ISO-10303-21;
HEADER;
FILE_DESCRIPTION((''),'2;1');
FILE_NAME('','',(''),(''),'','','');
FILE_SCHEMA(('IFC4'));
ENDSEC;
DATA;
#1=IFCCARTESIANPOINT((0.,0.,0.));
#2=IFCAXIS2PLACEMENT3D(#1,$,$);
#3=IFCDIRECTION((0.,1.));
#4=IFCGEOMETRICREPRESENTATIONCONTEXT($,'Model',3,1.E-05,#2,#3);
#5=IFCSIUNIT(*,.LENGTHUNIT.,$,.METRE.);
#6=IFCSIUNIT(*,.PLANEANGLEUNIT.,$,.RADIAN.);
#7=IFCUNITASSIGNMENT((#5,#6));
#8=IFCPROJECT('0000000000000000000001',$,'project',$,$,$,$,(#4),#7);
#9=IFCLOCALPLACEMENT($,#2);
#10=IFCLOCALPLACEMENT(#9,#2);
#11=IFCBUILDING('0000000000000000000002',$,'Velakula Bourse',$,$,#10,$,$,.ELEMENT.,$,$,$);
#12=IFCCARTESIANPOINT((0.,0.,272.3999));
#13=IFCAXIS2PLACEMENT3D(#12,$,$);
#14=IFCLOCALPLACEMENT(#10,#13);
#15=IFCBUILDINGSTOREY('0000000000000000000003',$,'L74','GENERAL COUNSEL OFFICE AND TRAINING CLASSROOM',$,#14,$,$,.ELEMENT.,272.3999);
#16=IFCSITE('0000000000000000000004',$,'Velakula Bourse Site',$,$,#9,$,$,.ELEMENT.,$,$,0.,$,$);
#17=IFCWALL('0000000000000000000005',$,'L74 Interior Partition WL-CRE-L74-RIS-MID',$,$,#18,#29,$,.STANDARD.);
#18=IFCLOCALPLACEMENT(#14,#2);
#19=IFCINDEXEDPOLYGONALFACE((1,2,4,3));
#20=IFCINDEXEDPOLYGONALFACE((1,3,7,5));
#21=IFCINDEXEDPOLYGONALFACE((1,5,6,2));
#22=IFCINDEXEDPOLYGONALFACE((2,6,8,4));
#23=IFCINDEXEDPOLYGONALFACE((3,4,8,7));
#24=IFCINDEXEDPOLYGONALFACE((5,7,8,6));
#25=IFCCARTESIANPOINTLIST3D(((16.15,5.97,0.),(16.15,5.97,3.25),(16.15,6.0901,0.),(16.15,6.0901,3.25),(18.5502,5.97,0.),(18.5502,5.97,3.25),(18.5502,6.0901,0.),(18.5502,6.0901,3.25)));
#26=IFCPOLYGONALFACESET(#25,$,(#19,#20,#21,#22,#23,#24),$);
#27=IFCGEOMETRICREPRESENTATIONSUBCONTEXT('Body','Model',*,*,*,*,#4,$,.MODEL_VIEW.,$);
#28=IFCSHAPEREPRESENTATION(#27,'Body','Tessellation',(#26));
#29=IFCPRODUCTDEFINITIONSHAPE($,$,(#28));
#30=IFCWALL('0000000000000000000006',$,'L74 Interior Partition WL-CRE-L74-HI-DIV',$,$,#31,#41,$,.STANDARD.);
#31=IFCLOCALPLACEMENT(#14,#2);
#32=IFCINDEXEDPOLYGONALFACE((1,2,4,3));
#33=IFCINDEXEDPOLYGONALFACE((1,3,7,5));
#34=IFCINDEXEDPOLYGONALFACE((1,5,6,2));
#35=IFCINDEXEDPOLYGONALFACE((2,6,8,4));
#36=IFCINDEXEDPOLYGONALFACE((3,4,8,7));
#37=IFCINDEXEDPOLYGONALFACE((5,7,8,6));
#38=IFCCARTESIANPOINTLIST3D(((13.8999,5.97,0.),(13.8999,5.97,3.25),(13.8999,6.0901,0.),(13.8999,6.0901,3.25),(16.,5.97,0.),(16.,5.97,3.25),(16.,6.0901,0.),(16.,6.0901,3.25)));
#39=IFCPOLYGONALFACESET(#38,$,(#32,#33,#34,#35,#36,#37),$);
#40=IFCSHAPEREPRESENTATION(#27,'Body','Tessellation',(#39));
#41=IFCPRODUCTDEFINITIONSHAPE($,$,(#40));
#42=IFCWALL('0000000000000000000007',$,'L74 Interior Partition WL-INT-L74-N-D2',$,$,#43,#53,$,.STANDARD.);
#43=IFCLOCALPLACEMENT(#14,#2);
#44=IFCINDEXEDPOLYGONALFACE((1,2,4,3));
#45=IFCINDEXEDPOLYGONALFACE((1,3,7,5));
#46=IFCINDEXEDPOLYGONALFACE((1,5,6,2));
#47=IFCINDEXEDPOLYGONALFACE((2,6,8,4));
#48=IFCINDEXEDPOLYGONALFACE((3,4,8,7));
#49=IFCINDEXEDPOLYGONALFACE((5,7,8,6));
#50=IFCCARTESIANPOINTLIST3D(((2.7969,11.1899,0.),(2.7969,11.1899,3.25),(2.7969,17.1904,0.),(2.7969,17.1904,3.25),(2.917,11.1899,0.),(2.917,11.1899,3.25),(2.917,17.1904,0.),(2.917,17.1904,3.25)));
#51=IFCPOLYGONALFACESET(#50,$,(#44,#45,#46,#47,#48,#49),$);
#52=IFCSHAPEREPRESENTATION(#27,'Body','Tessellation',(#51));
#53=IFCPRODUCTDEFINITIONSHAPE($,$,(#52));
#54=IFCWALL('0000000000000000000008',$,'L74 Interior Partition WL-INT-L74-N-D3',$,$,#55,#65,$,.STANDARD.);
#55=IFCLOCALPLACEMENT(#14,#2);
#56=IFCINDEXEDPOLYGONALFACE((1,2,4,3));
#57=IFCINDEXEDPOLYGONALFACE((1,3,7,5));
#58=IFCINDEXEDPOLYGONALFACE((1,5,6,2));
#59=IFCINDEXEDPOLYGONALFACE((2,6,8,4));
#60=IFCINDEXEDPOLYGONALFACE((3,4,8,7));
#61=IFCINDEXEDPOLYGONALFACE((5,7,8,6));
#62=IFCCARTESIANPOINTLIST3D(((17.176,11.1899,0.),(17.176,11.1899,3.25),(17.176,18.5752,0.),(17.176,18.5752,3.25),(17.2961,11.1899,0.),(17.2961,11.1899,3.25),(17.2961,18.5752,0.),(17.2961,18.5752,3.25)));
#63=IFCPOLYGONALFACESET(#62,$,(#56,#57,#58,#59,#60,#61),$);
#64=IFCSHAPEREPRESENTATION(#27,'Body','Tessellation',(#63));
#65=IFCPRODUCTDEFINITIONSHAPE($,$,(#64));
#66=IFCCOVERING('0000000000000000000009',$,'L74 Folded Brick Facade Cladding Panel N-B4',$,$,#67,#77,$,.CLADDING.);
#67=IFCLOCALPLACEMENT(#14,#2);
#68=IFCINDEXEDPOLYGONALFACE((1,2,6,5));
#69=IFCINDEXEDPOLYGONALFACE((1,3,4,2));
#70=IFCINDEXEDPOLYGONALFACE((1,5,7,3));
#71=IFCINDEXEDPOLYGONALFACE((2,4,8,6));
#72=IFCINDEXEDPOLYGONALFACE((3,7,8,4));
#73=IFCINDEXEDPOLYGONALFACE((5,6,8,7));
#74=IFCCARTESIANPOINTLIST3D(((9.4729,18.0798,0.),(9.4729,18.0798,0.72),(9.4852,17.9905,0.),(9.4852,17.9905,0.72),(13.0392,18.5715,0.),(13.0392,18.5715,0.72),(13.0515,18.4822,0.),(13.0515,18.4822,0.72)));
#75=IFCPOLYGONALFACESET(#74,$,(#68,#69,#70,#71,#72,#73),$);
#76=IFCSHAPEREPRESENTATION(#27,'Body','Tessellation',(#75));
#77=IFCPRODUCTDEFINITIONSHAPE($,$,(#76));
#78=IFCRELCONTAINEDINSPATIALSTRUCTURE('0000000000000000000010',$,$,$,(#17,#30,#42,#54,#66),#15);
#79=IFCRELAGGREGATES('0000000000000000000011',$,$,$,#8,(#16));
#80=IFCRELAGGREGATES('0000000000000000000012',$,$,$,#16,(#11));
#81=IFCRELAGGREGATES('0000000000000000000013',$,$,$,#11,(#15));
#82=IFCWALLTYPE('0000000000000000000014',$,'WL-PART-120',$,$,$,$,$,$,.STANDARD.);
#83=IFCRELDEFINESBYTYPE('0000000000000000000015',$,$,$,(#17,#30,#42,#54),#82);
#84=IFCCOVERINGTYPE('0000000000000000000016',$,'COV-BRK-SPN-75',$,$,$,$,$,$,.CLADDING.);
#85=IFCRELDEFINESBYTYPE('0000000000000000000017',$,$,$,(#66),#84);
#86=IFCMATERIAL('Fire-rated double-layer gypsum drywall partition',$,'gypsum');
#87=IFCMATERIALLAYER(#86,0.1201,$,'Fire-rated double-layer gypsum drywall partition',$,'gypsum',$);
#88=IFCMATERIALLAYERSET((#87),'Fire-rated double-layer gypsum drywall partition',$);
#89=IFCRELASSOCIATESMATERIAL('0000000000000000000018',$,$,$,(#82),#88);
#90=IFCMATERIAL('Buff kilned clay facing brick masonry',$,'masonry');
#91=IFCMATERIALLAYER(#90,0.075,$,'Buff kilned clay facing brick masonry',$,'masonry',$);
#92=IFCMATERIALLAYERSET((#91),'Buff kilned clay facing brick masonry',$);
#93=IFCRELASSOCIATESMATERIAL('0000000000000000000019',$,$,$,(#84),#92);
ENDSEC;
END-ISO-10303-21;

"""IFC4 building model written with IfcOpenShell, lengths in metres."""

from ifc_helpers import new_model, si_unit, direction, frame, frame_2d, origin, origin_2d, place, context, subcontext, project, spatial, rectangle, extrude, material, layer, layer_set, type_object, element, save


model = new_model("IFC4")

# Units and contexts
model_context = context("Model", 3, precision=1e-05, world=origin(), true_north=direction((0.0, 1.0)))
body_context = subcontext(model_context, "Body", "Model", "MODEL_VIEW")
ifc_project = project(units=[si_unit("LENGTHUNIT", "METRE"), si_unit("PLANEANGLEUNIT", "RADIAN")], contexts=[model_context])

# Site, building, storey
site_placement = place(None, origin())
site = spatial("IfcSite", under=ifc_project, at=site_placement, Name="Velakula Bourse Site", CompositionType="ELEMENT", RefElevation=0.0)
building_placement = place(site_placement, origin())
building = spatial("IfcBuilding", under=site, at=building_placement, Name="Velakula Bourse", CompositionType="ELEMENT")
storey_placement = place(building_placement, frame((0.0, 0.0, 272.3999)))
storey = spatial("IfcBuildingStorey", under=building, at=storey_placement, Name="L74", Description="GENERAL COUNSEL OFFICE AND TRAINING CLASSROOM", CompositionType="ELEMENT", Elevation=272.3999)

# Shared definitions
ifc_material_1 = material(Name="Buff kilned clay facing brick masonry", Category="masonry")

# Shared definitions
ifc_material_2 = material(Name="Fire-rated double-layer gypsum drywall partition", Category="gypsum")
ifc_layer_1 = layer(ifc_material_2, 0.1201, Name="Fire-rated double-layer gypsum drywall partition", Category="gypsum")
ifc_layer_set_1 = layer_set([ifc_layer_1], Name="Fire-rated double-layer gypsum drywall partition")
wall_type_1 = type_object("IfcWallType", Name="WL-PART-120", PredefinedType="STANDARD", material=ifc_layer_set_1)

# Walls
wall_1_placement = place(storey_placement, frame((16.1499, 6.03, 0.0), z_axis=(0.0, 0.0, 1.0), x_axis=(1.0, 0.0, 0.0)))
element("IfcWall", 1, at=wall_1_placement, inside=storey, type_object=wall_type_1, Name="L74 Interior Partition WL-CRE-L74-RIS-MID", PredefinedType="STANDARD", context=body_context, shape_type="SweptSolid", body=[
    extrude(rectangle(XDim=2.4001, YDim=0.1201, at=frame_2d((1.2002, 0.0))), origin(), (0.0, 0.0, 1.0), 3.25),
])
wall_2_placement = place(storey_placement, frame((13.8999, 6.03, 0.0), z_axis=(0.0, 0.0, 1.0), x_axis=(1.0, 0.0, 0.0)))
element("IfcWall", 2, at=wall_2_placement, inside=storey, type_object=wall_type_1, Name="L74 Interior Partition WL-CRE-L74-HI-DIV", PredefinedType="STANDARD", context=body_context, shape_type="SweptSolid", body=[
    extrude(rectangle(XDim=2.1001, YDim=0.1201, at=frame_2d((1.05, 0.0))), origin(), (0.0, 0.0, 1.0), 3.25),
])
wall_3_placement = place(storey_placement, frame((2.8569, 11.1899, 0.0), z_axis=(0.0, 0.0, 1.0), x_axis=(0.0, 1.0, 0.0)))
element("IfcWall", 3, at=wall_3_placement, inside=storey, type_object=wall_type_1, Name="L74 Interior Partition WL-INT-L74-N-D2", PredefinedType="STANDARD", context=body_context, shape_type="SweptSolid", body=[
    extrude(rectangle(XDim=6.0005, YDim=0.1201, at=frame_2d((3.0002, 0.0))), origin(), (0.0, 0.0, 1.0), 3.25),
])
wall_4_placement = place(storey_placement, frame((17.2361, 11.1899, 0.0), z_axis=(0.0, 0.0, 1.0), x_axis=(0.0, 1.0, 0.0)))
element("IfcWall", 4, at=wall_4_placement, inside=storey, type_object=wall_type_1, Name="L74 Interior Partition WL-INT-L74-N-D3", PredefinedType="STANDARD", context=body_context, shape_type="SweptSolid", body=[
    extrude(rectangle(XDim=7.3853, YDim=0.1201, at=frame_2d((3.6926, 0.0))), origin(), (0.0, 0.0, 1.0), 3.25),
])

# Covering
ifc_layer_2 = layer(ifc_material_1, 0.075, Name="Buff kilned clay facing brick masonry", Category="masonry")
ifc_layer_set_2 = layer_set([ifc_layer_2], Name="Buff kilned clay facing brick masonry")
covering_type = type_object("IfcCoveringType", Name="COV-BRK-SPN-75", PredefinedType="CLADDING", material=ifc_layer_set_2)
covering_placement = place(storey_placement, frame((11.2622, 18.281, 0.0), z_axis=(0.0, 0.0, 1.0), x_axis=(0.990629, 0.13658, 0.0)))
element("IfcCovering", 5, at=covering_placement, inside=storey, type_object=covering_type, Name="L74 Folded Brick Facade Cladding Panel N-B4", PredefinedType="CLADDING", context=body_context, shape_type="SweptSolid", body=[
    extrude(rectangle(XDim=3.6001, YDim=0.0901, at=origin_2d()), origin(), (0.0, 0.0, 1.0), 0.72),
])

save(model, "model.ifc")
